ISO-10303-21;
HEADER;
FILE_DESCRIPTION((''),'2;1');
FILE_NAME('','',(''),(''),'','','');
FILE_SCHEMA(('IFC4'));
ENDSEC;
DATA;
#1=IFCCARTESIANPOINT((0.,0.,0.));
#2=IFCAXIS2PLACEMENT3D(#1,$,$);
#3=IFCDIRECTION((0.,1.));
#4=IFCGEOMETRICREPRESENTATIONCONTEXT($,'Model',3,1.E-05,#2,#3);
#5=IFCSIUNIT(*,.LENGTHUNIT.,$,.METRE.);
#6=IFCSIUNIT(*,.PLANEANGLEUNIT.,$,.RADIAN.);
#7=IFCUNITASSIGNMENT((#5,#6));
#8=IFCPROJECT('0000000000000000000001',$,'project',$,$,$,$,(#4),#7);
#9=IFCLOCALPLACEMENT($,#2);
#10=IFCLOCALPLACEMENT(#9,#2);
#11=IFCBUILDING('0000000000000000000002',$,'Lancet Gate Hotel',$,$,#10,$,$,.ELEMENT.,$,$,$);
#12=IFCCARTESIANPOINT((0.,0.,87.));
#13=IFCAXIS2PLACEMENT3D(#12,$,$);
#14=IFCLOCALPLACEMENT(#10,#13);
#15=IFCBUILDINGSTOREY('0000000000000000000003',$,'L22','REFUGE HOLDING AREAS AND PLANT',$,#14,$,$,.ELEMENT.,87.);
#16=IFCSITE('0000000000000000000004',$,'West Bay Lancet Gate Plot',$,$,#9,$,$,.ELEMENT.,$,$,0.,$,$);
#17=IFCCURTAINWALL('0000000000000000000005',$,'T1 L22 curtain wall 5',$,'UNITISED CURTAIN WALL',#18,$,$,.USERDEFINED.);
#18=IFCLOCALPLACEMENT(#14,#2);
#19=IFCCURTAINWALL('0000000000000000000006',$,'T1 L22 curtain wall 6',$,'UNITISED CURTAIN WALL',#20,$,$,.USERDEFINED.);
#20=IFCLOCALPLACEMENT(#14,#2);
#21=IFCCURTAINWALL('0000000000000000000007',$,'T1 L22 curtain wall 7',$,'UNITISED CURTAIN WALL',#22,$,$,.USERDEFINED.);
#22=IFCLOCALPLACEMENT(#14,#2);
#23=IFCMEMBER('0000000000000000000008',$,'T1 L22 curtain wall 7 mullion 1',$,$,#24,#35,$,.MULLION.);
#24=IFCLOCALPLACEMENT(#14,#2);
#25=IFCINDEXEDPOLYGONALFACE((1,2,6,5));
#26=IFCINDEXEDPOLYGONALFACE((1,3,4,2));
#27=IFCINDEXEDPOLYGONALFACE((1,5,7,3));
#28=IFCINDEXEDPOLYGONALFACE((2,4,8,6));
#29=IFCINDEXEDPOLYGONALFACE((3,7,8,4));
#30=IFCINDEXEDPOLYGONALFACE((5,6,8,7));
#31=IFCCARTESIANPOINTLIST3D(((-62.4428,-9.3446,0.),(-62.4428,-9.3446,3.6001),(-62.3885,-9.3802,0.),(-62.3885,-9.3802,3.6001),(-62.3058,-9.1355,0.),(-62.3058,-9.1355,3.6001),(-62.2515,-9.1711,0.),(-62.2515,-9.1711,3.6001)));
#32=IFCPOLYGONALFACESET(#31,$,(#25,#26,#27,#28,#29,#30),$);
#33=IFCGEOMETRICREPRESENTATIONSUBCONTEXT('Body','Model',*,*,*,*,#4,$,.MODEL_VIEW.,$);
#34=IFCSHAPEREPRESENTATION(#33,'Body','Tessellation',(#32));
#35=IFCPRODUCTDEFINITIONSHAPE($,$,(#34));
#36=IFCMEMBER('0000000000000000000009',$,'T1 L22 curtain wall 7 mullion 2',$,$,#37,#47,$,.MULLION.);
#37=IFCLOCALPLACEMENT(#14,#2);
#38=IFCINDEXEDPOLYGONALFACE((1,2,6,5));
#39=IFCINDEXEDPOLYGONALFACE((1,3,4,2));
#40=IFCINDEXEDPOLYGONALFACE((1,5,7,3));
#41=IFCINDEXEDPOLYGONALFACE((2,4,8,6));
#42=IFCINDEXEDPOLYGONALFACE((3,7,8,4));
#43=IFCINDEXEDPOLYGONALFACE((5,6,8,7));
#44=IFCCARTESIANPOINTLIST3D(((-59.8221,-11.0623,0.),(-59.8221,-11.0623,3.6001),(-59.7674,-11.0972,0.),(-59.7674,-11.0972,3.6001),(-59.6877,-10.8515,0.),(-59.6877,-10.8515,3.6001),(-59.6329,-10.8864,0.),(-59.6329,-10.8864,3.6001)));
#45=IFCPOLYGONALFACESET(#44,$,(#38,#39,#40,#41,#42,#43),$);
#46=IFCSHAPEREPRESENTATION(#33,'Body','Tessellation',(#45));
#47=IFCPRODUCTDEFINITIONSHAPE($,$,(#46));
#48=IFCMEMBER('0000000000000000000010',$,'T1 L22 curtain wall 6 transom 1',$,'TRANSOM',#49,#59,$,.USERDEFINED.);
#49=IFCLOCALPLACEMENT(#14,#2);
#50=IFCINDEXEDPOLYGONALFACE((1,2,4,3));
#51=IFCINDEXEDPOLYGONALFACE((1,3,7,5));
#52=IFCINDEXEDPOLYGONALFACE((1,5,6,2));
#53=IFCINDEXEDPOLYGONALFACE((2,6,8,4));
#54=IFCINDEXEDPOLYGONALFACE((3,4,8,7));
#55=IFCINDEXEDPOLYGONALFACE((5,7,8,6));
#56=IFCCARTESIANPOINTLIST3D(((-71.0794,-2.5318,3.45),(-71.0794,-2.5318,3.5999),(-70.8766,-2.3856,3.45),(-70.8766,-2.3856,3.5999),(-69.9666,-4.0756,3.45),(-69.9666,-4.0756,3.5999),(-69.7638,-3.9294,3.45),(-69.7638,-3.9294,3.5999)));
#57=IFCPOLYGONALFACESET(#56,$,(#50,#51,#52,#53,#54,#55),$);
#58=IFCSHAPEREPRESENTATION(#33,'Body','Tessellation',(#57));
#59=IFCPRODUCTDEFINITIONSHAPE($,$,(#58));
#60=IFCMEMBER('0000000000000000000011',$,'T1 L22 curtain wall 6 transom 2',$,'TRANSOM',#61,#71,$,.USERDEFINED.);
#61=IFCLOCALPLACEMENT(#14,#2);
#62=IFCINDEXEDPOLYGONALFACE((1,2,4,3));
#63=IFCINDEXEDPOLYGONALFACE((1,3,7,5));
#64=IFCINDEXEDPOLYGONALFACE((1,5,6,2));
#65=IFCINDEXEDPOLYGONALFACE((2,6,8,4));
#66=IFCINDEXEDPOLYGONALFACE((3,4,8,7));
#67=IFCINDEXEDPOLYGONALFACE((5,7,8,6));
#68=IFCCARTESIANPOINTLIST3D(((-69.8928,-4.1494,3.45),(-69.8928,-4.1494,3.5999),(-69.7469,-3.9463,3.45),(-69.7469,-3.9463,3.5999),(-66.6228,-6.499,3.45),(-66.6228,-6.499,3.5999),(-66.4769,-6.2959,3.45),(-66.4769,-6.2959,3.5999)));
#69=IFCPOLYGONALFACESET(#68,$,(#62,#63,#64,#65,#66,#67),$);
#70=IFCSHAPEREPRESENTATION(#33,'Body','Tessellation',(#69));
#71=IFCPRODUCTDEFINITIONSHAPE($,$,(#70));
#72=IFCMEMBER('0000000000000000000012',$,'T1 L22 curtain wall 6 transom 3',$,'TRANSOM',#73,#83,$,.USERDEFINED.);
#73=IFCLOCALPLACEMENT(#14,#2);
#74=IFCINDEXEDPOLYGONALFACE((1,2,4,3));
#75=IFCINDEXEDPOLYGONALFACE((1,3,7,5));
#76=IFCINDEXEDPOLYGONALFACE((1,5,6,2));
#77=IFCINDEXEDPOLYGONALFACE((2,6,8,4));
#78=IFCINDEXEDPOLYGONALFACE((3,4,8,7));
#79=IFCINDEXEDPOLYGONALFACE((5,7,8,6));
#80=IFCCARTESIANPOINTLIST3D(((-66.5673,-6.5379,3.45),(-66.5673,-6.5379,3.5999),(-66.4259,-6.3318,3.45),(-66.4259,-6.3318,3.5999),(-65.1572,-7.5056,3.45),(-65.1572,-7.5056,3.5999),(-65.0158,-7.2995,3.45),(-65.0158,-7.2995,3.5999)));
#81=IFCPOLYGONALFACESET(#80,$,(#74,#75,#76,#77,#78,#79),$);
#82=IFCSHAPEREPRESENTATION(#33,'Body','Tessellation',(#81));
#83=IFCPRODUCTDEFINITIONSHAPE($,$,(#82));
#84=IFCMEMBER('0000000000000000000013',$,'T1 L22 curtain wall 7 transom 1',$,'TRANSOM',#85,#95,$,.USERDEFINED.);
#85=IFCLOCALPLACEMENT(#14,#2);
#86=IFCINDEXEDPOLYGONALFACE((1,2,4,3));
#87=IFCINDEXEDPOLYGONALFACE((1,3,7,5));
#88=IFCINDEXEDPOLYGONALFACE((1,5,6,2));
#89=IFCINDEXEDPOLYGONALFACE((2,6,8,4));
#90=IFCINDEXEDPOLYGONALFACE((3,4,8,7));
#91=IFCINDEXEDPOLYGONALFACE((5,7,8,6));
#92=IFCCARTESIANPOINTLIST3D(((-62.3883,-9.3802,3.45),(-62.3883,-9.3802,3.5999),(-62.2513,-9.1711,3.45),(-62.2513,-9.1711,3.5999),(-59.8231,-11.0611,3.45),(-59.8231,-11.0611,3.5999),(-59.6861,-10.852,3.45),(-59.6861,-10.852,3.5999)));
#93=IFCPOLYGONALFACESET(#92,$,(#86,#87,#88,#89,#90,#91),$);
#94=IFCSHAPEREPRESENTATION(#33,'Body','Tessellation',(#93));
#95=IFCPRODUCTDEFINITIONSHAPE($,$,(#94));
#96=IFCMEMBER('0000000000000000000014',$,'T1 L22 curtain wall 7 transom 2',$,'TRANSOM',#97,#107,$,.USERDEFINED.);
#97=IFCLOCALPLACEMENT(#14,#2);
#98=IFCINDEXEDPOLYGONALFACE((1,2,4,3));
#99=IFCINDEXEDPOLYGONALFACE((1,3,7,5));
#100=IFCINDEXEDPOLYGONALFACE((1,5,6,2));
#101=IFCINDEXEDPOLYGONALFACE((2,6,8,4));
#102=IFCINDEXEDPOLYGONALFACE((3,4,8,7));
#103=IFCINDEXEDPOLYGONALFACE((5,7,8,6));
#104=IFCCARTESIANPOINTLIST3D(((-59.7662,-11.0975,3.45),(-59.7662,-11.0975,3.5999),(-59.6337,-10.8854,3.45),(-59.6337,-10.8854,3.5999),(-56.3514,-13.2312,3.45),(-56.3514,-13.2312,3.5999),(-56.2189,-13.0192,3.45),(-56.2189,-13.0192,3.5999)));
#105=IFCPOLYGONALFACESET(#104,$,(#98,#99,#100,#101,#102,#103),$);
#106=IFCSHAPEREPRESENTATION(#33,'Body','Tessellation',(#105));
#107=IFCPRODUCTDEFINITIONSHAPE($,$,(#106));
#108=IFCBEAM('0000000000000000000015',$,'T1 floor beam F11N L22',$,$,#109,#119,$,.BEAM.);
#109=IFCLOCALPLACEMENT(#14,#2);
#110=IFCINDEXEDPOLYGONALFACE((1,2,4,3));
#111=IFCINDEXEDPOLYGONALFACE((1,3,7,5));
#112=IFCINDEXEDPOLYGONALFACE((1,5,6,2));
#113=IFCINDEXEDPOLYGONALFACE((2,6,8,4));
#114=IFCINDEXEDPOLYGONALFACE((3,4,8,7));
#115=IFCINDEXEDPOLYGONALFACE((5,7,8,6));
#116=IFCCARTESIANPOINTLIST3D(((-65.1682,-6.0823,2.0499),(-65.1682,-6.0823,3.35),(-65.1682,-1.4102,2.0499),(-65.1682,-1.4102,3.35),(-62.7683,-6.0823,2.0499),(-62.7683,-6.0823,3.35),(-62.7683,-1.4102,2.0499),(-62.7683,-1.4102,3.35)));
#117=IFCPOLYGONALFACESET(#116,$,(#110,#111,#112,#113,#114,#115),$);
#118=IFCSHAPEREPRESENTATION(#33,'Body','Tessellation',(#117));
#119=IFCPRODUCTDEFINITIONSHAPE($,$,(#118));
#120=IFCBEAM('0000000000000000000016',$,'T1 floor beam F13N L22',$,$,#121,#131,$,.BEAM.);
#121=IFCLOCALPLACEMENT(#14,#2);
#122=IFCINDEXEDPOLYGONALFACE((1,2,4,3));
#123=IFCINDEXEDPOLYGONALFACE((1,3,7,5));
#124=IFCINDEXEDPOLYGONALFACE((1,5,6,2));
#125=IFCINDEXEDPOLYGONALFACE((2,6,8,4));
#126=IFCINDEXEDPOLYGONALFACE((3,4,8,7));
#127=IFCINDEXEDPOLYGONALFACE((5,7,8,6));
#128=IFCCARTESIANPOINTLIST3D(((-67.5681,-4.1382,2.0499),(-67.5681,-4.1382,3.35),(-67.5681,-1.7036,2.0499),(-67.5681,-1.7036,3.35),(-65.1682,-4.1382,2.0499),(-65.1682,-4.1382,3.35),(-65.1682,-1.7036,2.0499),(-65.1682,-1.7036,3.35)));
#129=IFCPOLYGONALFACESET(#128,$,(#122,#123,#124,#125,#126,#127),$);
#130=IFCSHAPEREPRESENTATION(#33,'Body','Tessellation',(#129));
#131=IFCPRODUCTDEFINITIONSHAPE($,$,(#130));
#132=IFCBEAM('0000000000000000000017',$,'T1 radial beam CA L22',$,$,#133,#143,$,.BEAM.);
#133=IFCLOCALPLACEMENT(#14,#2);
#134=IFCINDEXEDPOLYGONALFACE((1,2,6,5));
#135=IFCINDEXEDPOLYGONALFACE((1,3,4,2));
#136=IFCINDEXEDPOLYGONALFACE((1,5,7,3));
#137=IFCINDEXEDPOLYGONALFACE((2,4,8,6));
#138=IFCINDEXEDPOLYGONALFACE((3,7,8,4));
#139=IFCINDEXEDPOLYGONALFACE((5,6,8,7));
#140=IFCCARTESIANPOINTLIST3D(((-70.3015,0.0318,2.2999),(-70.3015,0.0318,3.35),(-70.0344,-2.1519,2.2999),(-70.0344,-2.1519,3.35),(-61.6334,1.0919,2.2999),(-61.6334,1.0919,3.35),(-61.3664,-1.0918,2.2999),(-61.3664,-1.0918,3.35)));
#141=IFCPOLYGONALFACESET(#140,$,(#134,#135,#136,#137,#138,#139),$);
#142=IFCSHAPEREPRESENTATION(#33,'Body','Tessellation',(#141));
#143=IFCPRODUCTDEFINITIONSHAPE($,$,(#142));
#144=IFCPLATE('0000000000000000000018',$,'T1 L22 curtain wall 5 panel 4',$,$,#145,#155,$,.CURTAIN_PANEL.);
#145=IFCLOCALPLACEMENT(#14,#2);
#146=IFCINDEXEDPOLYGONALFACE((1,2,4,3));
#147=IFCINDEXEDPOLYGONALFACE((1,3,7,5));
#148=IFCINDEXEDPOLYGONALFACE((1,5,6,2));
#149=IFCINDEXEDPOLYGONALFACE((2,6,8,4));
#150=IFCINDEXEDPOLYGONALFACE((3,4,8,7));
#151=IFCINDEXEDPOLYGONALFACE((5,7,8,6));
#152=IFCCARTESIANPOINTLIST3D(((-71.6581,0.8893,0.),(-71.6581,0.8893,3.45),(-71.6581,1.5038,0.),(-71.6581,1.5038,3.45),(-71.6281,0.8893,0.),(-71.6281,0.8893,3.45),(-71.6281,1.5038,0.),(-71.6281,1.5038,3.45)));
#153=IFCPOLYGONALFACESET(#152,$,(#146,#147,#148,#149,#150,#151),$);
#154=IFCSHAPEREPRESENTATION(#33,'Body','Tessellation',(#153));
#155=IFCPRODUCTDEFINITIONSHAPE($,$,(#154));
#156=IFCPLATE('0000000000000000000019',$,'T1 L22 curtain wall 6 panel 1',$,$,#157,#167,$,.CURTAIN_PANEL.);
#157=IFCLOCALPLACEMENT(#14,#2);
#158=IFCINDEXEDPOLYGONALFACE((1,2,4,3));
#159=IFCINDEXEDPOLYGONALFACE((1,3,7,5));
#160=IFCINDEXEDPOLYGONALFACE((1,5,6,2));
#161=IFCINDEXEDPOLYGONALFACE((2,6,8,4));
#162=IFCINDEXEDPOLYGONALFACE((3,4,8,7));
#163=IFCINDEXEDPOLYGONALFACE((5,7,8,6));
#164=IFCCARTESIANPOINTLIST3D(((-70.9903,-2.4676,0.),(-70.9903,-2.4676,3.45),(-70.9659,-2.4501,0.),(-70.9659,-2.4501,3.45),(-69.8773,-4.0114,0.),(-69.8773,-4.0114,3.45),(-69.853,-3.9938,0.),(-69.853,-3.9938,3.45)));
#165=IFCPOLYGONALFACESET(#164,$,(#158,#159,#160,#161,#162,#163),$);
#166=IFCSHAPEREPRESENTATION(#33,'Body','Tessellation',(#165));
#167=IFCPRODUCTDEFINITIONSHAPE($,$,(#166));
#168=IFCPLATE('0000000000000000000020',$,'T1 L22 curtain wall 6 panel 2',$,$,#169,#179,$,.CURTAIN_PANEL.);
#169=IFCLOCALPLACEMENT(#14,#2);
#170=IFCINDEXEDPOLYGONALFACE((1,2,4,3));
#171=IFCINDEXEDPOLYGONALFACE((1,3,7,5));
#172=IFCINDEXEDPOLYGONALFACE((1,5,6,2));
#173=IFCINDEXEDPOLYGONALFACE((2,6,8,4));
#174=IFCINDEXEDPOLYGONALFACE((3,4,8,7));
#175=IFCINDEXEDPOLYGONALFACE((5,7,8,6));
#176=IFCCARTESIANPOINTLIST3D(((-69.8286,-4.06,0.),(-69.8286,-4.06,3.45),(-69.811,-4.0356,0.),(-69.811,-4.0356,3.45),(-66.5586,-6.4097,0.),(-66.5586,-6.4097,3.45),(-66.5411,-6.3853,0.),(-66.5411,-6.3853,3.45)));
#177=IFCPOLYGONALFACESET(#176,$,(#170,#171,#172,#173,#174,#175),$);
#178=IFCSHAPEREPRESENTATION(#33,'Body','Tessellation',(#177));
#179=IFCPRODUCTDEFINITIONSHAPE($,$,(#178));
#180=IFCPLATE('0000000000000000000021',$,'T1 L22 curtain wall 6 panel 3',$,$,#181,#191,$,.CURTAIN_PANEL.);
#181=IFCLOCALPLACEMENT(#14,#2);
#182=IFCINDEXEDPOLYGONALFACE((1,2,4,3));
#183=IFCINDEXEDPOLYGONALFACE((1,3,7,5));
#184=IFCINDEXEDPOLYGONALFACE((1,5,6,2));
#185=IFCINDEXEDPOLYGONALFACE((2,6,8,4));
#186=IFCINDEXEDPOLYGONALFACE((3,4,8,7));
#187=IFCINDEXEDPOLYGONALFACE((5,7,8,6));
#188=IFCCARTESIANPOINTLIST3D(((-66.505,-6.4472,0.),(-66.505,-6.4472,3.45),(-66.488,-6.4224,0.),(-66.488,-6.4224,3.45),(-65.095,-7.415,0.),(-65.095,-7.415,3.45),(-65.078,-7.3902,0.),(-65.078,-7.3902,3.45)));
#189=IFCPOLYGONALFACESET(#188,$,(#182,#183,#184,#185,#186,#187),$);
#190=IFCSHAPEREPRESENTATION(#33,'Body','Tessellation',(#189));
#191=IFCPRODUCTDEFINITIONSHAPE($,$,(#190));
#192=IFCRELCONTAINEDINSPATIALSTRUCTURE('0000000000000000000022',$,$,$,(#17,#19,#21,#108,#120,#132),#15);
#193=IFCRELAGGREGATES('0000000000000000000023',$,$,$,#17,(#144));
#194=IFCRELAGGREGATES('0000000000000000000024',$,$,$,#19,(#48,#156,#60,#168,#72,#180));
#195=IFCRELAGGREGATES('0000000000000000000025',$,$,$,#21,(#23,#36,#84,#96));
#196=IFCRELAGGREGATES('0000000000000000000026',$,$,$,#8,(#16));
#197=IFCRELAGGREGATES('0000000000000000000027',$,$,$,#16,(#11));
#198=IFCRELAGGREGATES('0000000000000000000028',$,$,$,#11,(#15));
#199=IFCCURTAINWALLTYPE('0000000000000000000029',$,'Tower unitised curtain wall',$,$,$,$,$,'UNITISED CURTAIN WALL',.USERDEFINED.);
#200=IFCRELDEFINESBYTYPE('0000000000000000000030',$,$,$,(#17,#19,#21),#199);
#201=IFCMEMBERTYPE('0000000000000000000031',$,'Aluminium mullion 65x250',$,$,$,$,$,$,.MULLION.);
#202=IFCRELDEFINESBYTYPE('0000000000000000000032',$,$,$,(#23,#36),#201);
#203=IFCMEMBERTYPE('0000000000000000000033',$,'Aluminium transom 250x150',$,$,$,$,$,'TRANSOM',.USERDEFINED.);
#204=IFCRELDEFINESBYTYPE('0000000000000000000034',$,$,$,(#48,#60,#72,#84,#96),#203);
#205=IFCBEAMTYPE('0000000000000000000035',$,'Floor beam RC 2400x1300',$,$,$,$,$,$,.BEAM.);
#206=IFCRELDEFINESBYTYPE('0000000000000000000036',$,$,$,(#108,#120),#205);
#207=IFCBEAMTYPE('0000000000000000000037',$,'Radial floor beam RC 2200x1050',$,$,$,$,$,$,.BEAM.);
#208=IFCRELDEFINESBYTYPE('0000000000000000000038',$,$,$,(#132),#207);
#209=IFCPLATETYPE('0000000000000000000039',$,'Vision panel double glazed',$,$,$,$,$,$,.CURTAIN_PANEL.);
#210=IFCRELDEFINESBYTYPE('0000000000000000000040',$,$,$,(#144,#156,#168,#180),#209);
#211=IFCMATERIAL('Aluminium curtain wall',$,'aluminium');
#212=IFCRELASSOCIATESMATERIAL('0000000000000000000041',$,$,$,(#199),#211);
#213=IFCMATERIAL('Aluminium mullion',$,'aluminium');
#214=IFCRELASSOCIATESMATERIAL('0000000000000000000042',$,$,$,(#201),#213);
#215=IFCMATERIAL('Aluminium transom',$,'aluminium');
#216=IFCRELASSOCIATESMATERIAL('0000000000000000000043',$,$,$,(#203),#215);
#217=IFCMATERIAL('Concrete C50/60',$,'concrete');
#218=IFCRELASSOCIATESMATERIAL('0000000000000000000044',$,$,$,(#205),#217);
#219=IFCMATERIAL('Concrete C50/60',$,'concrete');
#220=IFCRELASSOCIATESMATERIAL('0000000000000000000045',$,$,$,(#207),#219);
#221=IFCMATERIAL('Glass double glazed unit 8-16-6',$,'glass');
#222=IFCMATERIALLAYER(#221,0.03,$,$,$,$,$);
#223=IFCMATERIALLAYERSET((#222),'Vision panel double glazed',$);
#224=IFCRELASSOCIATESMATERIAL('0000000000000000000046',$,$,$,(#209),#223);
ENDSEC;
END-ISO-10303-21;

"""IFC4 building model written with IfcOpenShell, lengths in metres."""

from ifc_helpers import new_model, si_unit, direction, frame, origin, origin_2d, place, context, subcontext, project, spatial, rectangle, extrude, material, layer, layer_set, material_profile, profile_set, type_object, element, aggregate, save


model = new_model("IFC4")

# Units and contexts
model_context = context("Model", 3, precision=1e-05, world=origin(), true_north=direction((0.0, 1.0)))
body_context = subcontext(model_context, "Body", "Model", "MODEL_VIEW")
ifc_project = project(units=[si_unit("LENGTHUNIT", "METRE"), si_unit("PLANEANGLEUNIT", "RADIAN")], contexts=[model_context])

# Site, building, storey
site_placement = place(None, origin())
site = spatial("IfcSite", under=ifc_project, at=site_placement, Name="West Bay Lancet Gate Plot", CompositionType="ELEMENT", RefElevation=0.0)
building_placement = place(site_placement, origin())
building = spatial("IfcBuilding", under=site, at=building_placement, Name="Lancet Gate Hotel", CompositionType="ELEMENT")
storey_placement = place(building_placement, frame((0.0, 0.0, 87.0)))
storey = spatial("IfcBuildingStorey", under=building, at=storey_placement, Name="L22", Description="REFUGE HOLDING AREAS AND PLANT", CompositionType="ELEMENT", Elevation=87.0)

# Curtain wall
ifc_material_1 = material(Name="Aluminium curtain wall", Category="aluminium")
curtain_wall_type = type_object("IfcCurtainWallType", Name="Tower unitised curtain wall", ElementType="UNITISED CURTAIN WALL", PredefinedType="USERDEFINED", material=ifc_material_1)
curtain_wall_1_placement = place(storey_placement, origin())
curtain_wall_1 = element("IfcCurtainWall", 1, at=curtain_wall_1_placement, inside=storey, type_object=curtain_wall_type, Name="T1 L22 curtain wall 5", ObjectType="UNITISED CURTAIN WALL", PredefinedType="USERDEFINED")
ifc_material_2 = material(Name="Aluminium mullion", Category="aluminium")
ifc_material_profile_1 = material_profile(ifc_material_2, rectangle(XDim=0.0649, YDim=0.25, at=origin_2d()), Name="MULLION 65x250")
ifc_profile_set_1 = profile_set([ifc_material_profile_1], Name="Aluminium mullion")
member_type_1 = type_object("IfcMemberType", Name="Aluminium mullion 65x250", PredefinedType="MULLION", material=ifc_profile_set_1)

# Curtain walls, members
curtain_wall_2_placement = place(storey_placement, origin())
curtain_wall_2 = element("IfcCurtainWall", 2, at=curtain_wall_2_placement, inside=storey, type_object=curtain_wall_type, Name="T1 L22 curtain wall 6", ObjectType="UNITISED CURTAIN WALL", PredefinedType="USERDEFINED")
curtain_wall_3_placement = place(storey_placement, origin())
curtain_wall_3 = element("IfcCurtainWall", 3, at=curtain_wall_3_placement, inside=storey, type_object=curtain_wall_type, Name="T1 L22 curtain wall 7", ObjectType="UNITISED CURTAIN WALL", PredefinedType="USERDEFINED")
member_1_placement = place(storey_placement, frame((-62.3472, -9.2578, 0.0), z_axis=(0.0, 0.0, 1.0), x_axis=(0.836458, -0.548032, 0.0)))
member_1 = element("IfcMember", 4, at=member_1_placement, type_object=member_type_1, Name="T1 L22 curtain wall 7 mullion 1", PredefinedType="MULLION", context=body_context, shape_type="SweptSolid", body=[
    extrude(rectangle(XDim=0.0649, YDim=0.25, at=origin_2d()), origin(), (0.0, 0.0, 1.0), 3.6001),
])
member_2_placement = place(storey_placement, frame((-59.7275, -10.9744, 0.0), z_axis=(0.0, 0.0, 1.0), x_axis=(0.843078, -0.537791, 0.0)))
member_2 = element("IfcMember", 5, at=member_2_placement, type_object=member_type_1, Name="T1 L22 curtain wall 7 mullion 2", PredefinedType="MULLION", context=body_context, shape_type="SweptSolid", body=[
    extrude(rectangle(XDim=0.0649, YDim=0.25, at=origin_2d()), origin(), (0.0, 0.0, 1.0), 3.6001),
])

# Members
ifc_material_3 = material(Name="Aluminium transom", Category="aluminium")
ifc_material_profile_2 = material_profile(ifc_material_3, rectangle(XDim=0.25, YDim=0.1499, at=origin_2d()), Name="TRANSOM 250x150")
ifc_profile_set_2 = profile_set([ifc_material_profile_2], Name="Aluminium transom")
member_type_2 = type_object("IfcMemberType", Name="Aluminium transom 250x150", ElementType="TRANSOM", PredefinedType="USERDEFINED", material=ifc_profile_set_2)
member_3_placement = place(storey_placement, frame((-70.978, -2.4587, 3.5249), z_axis=(0.584764, -0.811203, 0.0), x_axis=(0.811203, 0.584764, 0.0)))
member_3 = element("IfcMember", 6, at=member_3_placement, type_object=member_type_2, Name="T1 L22 curtain wall 6 transom 1", ObjectType="TRANSOM", PredefinedType="USERDEFINED", context=body_context, shape_type="SweptSolid", body=[
    extrude(rectangle(XDim=0.25, YDim=0.1499, at=origin_2d()), origin(), (0.0, 0.0, 1.0), 1.9031),
])
member_4_placement = place(storey_placement, frame((-69.8198, -4.0479, 3.5249), z_axis=(0.8121, -0.583519, 0.0), x_axis=(0.583519, 0.8121, 0.0)))
member_4 = element("IfcMember", 7, at=member_4_placement, type_object=member_type_2, Name="T1 L22 curtain wall 6 transom 2", ObjectType="TRANSOM", PredefinedType="USERDEFINED", context=body_context, shape_type="SweptSolid", body=[
    extrude(rectangle(XDim=0.25, YDim=0.1499, at=origin_2d()), origin(), (0.0, 0.0, 1.0), 4.0266),
])
member_5_placement = place(storey_placement, frame((-66.4966, -6.4348, 3.5249), z_axis=(0.824508, -0.56585, 0.0), x_axis=(0.56585, 0.824508, 0.0)))
member_5 = element("IfcMember", 8, at=member_5_placement, type_object=member_type_2, Name="T1 L22 curtain wall 6 transom 3", ObjectType="TRANSOM", PredefinedType="USERDEFINED", context=body_context, shape_type="SweptSolid", body=[
    extrude(rectangle(XDim=0.25, YDim=0.1499, at=origin_2d()), origin(), (0.0, 0.0, 1.0), 1.7102),
])
member_6_placement = place(storey_placement, frame((-62.3198, -9.2756, 3.5249), z_axis=(0.836421, -0.548088, 0.0), x_axis=(0.548088, 0.836421, 0.0)))
member_6 = element("IfcMember", 9, at=member_6_placement, type_object=member_type_2, Name="T1 L22 curtain wall 7 transom 1", ObjectType="TRANSOM", PredefinedType="USERDEFINED", context=body_context, shape_type="SweptSolid", body=[
    extrude(rectangle(XDim=0.25, YDim=0.1499, at=origin_2d()), origin(), (0.0, 0.0, 1.0), 3.0669),
])
member_7_placement = place(storey_placement, frame((-59.7, -10.9915, 3.5249), z_axis=(0.848049, -0.529917, 0.0), x_axis=(0.529917, 0.848049, 0.0)))
member_7 = element("IfcMember", 10, at=member_7_placement, type_object=member_type_2, Name="T1 L22 curtain wall 7 transom 2", ObjectType="TRANSOM", PredefinedType="USERDEFINED", context=body_context, shape_type="SweptSolid", body=[
    extrude(rectangle(XDim=0.25, YDim=0.1499, at=origin_2d()), origin(), (0.0, 0.0, 1.0), 4.0266),
])

# Beams
ifc_material_4 = material(Name="Concrete C50/60", Category="concrete")
ifc_material_profile_3 = material_profile(ifc_material_4, rectangle(XDim=2.3999, YDim=1.3, at=origin_2d()), Name="RC 2400x1300")
ifc_profile_set_3 = profile_set([ifc_material_profile_3], Name="Concrete C50/60")
beam_type_1 = type_object("IfcBeamType", Name="Floor beam RC 2400x1300", PredefinedType="BEAM", material=ifc_profile_set_3)
beam_1_placement = place(storey_placement, frame((-63.9683, -1.4102, 2.7), z_axis=(0.0, -1.0, 0.0), x_axis=(1.0, 0.0, 0.0)))
element("IfcBeam", 11, at=beam_1_placement, inside=storey, type_object=beam_type_1, Name="T1 floor beam F11N L22", PredefinedType="BEAM", context=body_context, shape_type="SweptSolid", body=[
    extrude(rectangle(XDim=2.3999, YDim=1.3, at=origin_2d()), origin(), (0.0, 0.0, 1.0), 4.6721),
])
beam_2_placement = place(storey_placement, frame((-66.3682, -1.7036, 2.7), z_axis=(0.0, -1.0, 0.0), x_axis=(1.0, 0.0, 0.0)))
element("IfcBeam", 12, at=beam_2_placement, inside=storey, type_object=beam_type_1, Name="T1 floor beam F13N L22", PredefinedType="BEAM", context=body_context, shape_type="SweptSolid", body=[
    extrude(rectangle(XDim=2.3999, YDim=1.3, at=origin_2d()), origin(), (0.0, 0.0, 1.0), 2.4346),
])
ifc_material_5 = material(Name="Concrete C50/60", Category="concrete")
ifc_material_profile_4 = material_profile(ifc_material_5, rectangle(XDim=2.2, YDim=1.05, at=origin_2d()), Name="RC 2200x1050")
ifc_profile_set_4 = profile_set([ifc_material_profile_4], Name="Concrete C50/60")
beam_type_2 = type_object("IfcBeamType", Name="Radial floor beam RC 2200x1050", PredefinedType="BEAM", material=ifc_profile_set_4)
beam_3_placement = place(storey_placement, frame((-70.168, -1.0601, 2.825), z_axis=(0.992605, 0.121392, 0.0), x_axis=(-0.121392, 0.992605, 0.0)))
element("IfcBeam", 13, at=beam_3_placement, inside=storey, type_object=beam_type_2, Name="T1 radial beam CA L22", PredefinedType="BEAM", context=body_context, shape_type="SweptSolid", body=[
    extrude(rectangle(XDim=2.2, YDim=1.05, at=origin_2d()), origin(), (0.0, 0.0, 1.0), 8.7327),
])

# Plates
ifc_material_6 = material(Name="Glass double glazed unit 8-16-6", Category="glass")
ifc_layer_1 = layer(ifc_material_6, 0.03)
ifc_layer_set_1 = layer_set([ifc_layer_1], Name="Vision panel double glazed")
plate_type = type_object("IfcPlateType", Name="Vision panel double glazed", PredefinedType="CURTAIN_PANEL", material=ifc_layer_set_1)
plate_1_placement = place(storey_placement, frame((-71.6431, 1.1965, 0.0), z_axis=(0.0, 0.0, 1.0), x_axis=(0.0, -1.0, 0.0)))
plate_1 = element("IfcPlate", 14, at=plate_1_placement, type_object=plate_type, Name="T1 L22 curtain wall 5 panel 4", PredefinedType="CURTAIN_PANEL", context=body_context, shape_type="SweptSolid", body=[
    extrude(rectangle(XDim=0.6145, YDim=0.03, at=origin_2d()), origin(), (0.0, 0.0, 1.0), 3.45),
])
aggregate(curtain_wall_1, [plate_1])
plate_2_placement = place(storey_placement, frame((-70.4216, -3.2307, 0.0), z_axis=(0.0, 0.0, 1.0), x_axis=(0.584809, -0.811171, 0.0)))
plate_2 = element("IfcPlate", 15, at=plate_2_placement, type_object=plate_type, Name="T1 L22 curtain wall 6 panel 1", PredefinedType="CURTAIN_PANEL", context=body_context, shape_type="SweptSolid", body=[
    extrude(rectangle(XDim=1.9031, YDim=0.03, at=origin_2d()), origin(), (0.0, 0.0, 1.0), 3.45),
])
plate_3_placement = place(storey_placement, frame((-68.1848, -5.2227, 0.0), z_axis=(0.0, 0.0, 1.0), x_axis=(0.812093, -0.583528, 0.0)))
plate_3 = element("IfcPlate", 16, at=plate_3_placement, type_object=plate_type, Name="T1 L22 curtain wall 6 panel 2", PredefinedType="CURTAIN_PANEL", context=body_context, shape_type="SweptSolid", body=[
    extrude(rectangle(XDim=4.0266, YDim=0.03, at=origin_2d()), origin(), (0.0, 0.0, 1.0), 3.45),
])
plate_4_placement = place(storey_placement, frame((-65.7915, -6.9187, 0.0), z_axis=(0.0, 0.0, 1.0), x_axis=(0.824466, -0.565911, 0.0)))
plate_4 = element("IfcPlate", 17, at=plate_4_placement, type_object=plate_type, Name="T1 L22 curtain wall 6 panel 3", PredefinedType="CURTAIN_PANEL", context=body_context, shape_type="SweptSolid", body=[
    extrude(rectangle(XDim=1.7102, YDim=0.03, at=origin_2d()), origin(), (0.0, 0.0, 1.0), 3.45),
])
aggregate(curtain_wall_2, [member_3, plate_2, member_4, plate_3, member_5, plate_4])
aggregate(curtain_wall_3, [member_1, member_2, member_6, member_7])

save(model, "model.ifc")
